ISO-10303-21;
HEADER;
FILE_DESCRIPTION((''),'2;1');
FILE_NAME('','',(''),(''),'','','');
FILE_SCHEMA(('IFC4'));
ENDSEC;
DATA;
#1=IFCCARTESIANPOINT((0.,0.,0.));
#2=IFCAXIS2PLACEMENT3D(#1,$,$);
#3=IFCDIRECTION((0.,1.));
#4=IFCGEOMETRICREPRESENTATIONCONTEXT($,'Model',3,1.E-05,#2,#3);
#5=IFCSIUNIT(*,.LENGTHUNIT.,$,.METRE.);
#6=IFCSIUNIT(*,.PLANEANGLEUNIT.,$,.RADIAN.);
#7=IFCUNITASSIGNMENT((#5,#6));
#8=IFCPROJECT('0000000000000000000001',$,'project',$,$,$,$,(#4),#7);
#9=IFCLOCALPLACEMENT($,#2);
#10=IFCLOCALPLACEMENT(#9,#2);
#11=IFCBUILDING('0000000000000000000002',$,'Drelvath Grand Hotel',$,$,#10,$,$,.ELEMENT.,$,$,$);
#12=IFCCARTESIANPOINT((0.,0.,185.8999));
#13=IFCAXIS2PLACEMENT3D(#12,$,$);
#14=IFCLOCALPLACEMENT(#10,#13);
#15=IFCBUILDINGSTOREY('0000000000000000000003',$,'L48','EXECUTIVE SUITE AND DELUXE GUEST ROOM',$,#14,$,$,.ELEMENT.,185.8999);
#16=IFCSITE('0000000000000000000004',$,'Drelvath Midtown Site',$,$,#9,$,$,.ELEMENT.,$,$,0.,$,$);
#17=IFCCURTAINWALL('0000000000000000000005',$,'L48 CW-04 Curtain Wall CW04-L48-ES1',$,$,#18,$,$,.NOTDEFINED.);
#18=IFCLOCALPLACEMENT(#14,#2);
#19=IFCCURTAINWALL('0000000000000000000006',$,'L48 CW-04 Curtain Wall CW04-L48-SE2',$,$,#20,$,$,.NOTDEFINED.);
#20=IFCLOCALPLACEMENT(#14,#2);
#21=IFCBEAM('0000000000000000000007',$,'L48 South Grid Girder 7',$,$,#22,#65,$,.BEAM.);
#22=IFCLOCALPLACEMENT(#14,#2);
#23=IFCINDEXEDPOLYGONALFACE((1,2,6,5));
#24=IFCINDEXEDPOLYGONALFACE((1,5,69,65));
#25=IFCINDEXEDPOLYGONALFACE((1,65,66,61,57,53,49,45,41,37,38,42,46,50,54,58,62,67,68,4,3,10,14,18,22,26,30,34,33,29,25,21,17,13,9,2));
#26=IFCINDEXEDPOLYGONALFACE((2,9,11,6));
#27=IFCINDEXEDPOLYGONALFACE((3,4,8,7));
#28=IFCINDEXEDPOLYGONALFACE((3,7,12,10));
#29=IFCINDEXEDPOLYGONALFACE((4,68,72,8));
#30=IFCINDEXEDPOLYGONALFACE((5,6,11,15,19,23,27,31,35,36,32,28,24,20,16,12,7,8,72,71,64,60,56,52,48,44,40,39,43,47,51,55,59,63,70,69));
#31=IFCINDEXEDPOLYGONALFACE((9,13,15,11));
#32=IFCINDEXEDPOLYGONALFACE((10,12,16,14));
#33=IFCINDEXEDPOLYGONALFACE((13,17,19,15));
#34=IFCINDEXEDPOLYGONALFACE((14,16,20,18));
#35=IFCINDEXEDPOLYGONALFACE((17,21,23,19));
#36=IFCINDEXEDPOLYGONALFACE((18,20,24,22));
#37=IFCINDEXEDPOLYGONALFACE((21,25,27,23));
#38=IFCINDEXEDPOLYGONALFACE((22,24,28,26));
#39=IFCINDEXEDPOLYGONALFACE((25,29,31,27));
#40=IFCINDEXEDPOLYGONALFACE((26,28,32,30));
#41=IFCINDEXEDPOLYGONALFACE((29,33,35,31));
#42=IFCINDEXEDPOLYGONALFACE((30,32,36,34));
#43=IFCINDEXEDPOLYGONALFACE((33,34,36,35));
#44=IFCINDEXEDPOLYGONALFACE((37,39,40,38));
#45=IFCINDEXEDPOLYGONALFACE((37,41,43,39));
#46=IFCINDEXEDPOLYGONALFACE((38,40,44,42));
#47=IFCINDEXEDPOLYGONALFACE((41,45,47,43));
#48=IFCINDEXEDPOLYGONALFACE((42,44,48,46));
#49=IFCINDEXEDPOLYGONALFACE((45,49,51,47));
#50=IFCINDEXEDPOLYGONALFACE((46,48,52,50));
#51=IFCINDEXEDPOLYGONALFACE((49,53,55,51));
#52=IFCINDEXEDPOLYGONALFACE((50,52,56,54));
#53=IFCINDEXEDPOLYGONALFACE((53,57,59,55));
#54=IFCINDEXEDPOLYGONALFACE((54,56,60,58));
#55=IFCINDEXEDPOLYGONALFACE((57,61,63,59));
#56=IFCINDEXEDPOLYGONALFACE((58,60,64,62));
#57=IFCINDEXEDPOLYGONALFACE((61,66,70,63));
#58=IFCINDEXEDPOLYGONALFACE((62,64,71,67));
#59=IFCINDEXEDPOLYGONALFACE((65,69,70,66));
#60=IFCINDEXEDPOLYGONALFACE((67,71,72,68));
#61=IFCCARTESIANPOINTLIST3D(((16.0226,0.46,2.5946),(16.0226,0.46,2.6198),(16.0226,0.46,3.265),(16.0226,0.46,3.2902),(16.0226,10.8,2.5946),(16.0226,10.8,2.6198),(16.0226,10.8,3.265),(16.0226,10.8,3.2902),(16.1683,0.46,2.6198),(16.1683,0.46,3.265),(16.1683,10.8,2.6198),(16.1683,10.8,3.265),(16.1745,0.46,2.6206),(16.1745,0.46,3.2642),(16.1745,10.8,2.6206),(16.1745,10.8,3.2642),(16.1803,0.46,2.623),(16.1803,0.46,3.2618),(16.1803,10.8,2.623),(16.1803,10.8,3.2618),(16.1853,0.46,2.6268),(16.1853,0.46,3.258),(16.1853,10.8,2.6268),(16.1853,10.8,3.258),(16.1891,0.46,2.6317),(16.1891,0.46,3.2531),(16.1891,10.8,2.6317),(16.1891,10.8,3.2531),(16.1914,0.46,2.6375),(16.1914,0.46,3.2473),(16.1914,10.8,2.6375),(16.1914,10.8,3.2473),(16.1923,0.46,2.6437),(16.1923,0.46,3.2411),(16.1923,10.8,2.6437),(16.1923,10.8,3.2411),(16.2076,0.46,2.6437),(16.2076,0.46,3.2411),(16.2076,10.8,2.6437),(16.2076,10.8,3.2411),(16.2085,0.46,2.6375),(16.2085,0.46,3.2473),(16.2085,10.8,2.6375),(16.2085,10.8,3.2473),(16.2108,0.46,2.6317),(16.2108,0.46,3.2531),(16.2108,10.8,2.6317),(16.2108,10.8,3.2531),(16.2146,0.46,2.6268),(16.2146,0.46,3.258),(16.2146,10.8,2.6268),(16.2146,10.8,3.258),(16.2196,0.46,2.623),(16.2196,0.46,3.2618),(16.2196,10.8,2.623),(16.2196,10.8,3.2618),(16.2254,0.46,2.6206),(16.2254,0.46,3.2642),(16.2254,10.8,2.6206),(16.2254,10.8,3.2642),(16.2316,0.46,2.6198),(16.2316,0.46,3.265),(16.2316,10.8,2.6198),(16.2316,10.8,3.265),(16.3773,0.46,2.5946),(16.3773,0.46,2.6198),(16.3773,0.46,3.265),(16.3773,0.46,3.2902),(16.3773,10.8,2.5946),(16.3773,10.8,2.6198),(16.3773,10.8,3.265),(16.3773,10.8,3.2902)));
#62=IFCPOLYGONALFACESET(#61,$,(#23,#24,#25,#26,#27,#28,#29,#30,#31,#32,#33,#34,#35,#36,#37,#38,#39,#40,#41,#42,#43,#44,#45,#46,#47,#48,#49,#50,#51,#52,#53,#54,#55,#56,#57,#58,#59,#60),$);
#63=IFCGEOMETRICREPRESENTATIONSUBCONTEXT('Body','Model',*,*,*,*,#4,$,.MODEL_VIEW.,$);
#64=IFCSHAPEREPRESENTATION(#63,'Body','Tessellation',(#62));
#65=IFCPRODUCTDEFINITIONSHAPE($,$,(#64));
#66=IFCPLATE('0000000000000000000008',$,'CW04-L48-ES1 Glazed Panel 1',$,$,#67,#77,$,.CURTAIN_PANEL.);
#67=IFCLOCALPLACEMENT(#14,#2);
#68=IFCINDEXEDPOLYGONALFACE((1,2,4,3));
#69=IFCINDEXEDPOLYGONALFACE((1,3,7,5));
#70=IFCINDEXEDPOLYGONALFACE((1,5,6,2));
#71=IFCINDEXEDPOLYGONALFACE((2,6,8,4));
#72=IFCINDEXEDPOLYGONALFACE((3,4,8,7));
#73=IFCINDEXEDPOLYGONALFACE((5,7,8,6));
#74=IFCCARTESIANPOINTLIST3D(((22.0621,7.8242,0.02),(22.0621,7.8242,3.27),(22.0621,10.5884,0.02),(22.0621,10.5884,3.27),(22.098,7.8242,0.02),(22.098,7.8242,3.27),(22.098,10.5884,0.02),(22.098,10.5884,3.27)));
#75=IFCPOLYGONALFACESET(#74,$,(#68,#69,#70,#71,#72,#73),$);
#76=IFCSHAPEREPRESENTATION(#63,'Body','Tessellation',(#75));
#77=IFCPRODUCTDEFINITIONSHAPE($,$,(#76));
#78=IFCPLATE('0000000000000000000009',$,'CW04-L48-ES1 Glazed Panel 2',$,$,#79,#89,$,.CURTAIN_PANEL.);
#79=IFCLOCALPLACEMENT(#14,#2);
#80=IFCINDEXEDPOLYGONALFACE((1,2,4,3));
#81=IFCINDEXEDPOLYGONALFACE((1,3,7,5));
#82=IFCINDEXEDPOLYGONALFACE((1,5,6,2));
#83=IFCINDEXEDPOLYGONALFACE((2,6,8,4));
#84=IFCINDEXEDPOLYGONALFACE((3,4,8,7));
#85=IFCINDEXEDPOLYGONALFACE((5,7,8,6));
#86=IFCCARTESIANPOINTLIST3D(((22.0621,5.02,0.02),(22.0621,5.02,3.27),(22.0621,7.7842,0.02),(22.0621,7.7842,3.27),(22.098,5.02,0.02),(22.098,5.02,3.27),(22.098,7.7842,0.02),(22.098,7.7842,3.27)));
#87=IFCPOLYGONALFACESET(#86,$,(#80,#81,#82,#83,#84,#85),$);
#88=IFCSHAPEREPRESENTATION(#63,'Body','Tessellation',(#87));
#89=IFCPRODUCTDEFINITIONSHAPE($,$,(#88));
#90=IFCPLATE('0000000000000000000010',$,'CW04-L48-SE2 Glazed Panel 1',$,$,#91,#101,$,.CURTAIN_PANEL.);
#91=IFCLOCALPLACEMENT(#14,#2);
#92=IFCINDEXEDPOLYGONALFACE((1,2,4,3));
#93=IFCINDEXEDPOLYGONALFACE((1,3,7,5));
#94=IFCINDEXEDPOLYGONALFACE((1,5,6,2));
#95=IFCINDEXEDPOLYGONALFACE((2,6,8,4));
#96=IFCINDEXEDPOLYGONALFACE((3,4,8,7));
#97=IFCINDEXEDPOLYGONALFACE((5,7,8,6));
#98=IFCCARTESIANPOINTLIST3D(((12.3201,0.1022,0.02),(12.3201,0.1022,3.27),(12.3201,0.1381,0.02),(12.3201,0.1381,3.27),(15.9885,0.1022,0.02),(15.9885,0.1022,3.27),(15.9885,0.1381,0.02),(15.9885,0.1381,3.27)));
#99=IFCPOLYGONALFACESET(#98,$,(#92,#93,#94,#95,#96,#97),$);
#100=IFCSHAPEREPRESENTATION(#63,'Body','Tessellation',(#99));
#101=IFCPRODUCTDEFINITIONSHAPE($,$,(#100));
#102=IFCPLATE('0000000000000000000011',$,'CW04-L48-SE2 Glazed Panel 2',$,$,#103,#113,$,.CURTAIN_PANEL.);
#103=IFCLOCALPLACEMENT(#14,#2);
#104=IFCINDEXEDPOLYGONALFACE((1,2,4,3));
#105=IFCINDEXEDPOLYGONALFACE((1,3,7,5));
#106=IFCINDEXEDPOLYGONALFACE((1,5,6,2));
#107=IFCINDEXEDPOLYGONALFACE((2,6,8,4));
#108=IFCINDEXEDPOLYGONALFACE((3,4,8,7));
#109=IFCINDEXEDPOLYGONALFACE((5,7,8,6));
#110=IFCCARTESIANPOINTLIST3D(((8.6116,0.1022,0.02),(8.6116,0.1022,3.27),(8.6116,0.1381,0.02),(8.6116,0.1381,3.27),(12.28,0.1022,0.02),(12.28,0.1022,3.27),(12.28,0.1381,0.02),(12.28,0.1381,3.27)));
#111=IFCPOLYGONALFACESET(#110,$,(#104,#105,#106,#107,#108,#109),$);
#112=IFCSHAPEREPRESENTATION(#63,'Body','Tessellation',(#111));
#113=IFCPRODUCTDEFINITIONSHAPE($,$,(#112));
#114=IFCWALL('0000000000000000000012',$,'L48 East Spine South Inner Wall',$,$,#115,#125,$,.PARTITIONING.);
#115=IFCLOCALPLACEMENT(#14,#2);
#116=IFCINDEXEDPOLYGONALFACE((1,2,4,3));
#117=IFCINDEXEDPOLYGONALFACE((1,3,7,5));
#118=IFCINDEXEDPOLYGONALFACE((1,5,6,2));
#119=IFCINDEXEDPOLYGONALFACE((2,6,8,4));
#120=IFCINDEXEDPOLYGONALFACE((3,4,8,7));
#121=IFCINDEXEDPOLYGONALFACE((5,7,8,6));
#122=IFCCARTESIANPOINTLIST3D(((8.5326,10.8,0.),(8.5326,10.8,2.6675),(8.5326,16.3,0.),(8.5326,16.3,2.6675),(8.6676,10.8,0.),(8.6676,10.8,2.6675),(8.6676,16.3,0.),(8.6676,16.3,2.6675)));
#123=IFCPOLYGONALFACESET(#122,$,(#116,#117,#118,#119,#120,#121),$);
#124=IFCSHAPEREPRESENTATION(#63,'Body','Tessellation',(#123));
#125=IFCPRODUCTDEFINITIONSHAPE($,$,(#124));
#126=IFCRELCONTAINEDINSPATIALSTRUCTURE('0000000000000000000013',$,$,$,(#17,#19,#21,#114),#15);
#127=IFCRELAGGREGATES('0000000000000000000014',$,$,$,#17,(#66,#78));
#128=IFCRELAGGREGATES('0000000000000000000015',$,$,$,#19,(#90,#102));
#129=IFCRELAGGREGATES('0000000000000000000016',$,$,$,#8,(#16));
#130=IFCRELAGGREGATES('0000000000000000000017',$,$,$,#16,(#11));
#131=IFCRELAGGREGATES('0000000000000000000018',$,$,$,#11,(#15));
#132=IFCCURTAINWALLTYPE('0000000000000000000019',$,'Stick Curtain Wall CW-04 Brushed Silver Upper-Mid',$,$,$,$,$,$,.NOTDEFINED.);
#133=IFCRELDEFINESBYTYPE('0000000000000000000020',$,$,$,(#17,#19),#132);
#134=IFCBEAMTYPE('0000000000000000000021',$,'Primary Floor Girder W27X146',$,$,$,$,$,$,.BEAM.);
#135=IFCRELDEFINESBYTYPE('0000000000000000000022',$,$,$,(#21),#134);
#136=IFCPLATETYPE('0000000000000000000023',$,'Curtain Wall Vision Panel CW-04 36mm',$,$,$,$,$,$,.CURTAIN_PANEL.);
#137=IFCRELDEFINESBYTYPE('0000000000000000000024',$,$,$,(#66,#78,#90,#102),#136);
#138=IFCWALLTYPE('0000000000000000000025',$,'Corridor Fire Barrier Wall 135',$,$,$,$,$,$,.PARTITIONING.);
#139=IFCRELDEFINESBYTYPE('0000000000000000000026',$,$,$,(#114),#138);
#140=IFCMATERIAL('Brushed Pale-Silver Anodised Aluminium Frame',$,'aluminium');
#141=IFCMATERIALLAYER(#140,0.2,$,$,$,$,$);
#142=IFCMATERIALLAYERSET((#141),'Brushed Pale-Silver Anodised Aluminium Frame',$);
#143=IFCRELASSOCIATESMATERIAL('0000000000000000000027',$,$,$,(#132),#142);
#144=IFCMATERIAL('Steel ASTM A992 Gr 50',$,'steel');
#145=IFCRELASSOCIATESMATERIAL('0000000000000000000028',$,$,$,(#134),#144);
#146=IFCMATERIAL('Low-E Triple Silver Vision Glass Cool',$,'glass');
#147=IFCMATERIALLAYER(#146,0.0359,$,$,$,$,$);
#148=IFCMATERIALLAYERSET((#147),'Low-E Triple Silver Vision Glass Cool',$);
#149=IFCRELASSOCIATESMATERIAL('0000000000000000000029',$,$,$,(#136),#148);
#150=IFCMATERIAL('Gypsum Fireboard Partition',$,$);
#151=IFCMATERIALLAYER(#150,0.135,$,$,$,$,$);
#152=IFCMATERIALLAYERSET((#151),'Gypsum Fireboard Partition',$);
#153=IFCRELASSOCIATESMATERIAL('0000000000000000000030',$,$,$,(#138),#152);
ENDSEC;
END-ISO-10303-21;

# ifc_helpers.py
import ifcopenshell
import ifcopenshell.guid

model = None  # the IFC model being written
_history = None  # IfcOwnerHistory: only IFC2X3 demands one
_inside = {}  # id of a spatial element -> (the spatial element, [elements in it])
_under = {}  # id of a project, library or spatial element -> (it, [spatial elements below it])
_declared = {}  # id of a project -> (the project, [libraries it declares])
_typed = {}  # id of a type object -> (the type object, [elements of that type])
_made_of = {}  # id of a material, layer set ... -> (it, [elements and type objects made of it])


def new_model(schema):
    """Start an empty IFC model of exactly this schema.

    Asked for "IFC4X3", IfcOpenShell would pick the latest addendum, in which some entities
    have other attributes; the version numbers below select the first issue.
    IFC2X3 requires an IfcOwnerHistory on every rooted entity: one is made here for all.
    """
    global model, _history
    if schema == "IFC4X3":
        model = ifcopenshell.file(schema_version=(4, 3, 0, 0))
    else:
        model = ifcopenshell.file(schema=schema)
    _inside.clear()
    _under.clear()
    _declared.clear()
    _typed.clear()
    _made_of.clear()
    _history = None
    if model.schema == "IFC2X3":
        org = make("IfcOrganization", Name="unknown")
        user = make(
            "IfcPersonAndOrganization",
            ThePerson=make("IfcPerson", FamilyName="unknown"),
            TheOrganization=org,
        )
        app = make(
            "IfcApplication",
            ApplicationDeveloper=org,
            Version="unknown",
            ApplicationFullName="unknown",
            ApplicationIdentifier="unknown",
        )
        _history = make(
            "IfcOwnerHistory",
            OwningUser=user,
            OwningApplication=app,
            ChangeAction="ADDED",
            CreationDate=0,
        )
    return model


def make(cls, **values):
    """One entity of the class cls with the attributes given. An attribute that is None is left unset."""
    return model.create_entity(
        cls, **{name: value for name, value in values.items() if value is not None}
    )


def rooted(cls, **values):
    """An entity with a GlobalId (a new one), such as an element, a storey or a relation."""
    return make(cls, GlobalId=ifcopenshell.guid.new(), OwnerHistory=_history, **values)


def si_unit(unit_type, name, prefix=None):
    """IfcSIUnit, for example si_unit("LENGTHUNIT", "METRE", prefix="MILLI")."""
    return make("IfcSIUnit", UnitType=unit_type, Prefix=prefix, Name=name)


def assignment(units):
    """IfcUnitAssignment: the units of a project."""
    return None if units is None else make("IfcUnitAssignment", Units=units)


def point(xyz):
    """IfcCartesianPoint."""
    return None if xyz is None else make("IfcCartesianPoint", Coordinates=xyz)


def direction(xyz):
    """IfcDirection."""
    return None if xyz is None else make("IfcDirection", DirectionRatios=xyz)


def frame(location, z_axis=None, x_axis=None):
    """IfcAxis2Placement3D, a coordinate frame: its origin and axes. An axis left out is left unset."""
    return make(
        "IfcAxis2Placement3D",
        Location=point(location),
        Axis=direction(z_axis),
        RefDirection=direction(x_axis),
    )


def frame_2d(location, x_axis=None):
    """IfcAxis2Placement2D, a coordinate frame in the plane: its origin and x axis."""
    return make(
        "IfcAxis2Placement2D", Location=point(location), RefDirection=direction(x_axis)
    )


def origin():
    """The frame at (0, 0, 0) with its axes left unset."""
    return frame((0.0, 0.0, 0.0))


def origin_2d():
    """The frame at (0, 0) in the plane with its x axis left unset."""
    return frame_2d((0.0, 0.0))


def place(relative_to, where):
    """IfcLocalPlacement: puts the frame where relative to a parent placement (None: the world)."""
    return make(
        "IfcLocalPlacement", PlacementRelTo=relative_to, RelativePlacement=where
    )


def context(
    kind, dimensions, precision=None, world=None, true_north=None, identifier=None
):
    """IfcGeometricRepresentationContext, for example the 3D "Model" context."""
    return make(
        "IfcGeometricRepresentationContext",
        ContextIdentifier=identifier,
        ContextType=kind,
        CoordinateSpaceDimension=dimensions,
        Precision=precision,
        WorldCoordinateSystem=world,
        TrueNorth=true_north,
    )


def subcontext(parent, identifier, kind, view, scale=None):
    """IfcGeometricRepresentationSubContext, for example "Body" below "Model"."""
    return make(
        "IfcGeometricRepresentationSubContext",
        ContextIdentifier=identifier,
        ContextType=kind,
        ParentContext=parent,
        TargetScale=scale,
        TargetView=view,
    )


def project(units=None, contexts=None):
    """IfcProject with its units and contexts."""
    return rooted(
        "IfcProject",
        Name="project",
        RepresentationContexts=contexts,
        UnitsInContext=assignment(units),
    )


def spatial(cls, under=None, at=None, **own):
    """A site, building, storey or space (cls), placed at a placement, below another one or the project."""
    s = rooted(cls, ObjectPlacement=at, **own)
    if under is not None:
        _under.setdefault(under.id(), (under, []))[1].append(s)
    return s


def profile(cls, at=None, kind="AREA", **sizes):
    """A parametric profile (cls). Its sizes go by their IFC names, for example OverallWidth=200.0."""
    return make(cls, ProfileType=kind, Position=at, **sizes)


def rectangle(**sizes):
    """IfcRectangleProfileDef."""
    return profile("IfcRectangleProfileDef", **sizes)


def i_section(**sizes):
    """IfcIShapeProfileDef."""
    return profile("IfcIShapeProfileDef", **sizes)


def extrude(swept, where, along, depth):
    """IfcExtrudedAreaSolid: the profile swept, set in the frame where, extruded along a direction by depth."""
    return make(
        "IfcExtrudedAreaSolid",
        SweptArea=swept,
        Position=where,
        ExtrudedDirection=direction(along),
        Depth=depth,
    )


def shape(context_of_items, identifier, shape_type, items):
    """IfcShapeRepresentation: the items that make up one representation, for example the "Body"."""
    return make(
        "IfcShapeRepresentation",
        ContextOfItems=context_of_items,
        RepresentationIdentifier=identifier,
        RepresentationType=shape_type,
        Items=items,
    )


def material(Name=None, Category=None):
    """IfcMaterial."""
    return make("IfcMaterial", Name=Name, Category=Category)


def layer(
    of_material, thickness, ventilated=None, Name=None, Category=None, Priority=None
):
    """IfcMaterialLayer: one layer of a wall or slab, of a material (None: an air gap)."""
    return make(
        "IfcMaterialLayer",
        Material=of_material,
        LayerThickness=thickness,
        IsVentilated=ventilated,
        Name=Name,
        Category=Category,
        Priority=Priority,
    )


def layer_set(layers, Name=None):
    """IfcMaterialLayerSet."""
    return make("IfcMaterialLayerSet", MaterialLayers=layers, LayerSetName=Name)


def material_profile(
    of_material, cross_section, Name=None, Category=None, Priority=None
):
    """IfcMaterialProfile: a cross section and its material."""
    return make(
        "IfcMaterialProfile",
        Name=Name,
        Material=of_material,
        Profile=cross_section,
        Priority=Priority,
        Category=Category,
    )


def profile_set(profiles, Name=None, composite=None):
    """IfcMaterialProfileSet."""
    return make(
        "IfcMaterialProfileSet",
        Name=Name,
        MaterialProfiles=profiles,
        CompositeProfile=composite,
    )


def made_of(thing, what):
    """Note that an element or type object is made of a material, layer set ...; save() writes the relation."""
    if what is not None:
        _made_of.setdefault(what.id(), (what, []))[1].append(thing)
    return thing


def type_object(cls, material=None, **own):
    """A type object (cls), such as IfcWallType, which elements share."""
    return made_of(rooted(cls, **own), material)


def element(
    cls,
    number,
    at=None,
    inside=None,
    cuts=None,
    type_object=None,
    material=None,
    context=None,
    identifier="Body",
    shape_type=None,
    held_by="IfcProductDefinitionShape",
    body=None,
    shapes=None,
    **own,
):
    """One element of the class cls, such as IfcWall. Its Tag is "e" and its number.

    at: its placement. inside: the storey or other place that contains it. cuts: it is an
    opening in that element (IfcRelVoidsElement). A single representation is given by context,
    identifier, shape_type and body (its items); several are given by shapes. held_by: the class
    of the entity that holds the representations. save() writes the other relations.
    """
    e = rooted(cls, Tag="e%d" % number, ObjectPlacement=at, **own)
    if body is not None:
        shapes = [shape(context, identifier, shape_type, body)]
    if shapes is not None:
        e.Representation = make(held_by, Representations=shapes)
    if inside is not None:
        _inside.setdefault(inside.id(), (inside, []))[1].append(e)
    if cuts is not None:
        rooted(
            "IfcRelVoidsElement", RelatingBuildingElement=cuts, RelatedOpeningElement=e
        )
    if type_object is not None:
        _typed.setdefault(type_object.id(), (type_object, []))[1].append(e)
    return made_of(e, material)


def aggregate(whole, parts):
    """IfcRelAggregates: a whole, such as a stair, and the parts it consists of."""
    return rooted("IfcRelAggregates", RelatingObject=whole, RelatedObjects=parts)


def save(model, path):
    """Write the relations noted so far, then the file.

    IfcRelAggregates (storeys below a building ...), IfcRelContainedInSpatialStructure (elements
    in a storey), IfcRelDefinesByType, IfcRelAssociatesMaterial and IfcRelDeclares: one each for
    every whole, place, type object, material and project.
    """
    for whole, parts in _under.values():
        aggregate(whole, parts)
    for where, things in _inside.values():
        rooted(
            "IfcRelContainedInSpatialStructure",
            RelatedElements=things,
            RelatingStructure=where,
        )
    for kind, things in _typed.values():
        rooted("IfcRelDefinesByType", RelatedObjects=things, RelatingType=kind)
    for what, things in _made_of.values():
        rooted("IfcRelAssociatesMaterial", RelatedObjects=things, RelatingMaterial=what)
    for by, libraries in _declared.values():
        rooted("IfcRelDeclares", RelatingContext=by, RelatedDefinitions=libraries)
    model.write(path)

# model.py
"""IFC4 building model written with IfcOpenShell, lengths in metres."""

from ifc_helpers import new_model, si_unit, direction, frame, frame_2d, origin, origin_2d, place, context, subcontext, project, spatial, rectangle, i_section, extrude, material, layer, layer_set, material_profile, profile_set, type_object, element, aggregate, save


model = new_model("IFC4")

# Units and contexts
model_context = context("Model", 3, precision=1e-05, world=origin(), true_north=direction((0.0, 1.0)))
body_context = subcontext(model_context, "Body", "Model", "MODEL_VIEW")
ifc_project = project(units=[si_unit("LENGTHUNIT", "METRE"), si_unit("PLANEANGLEUNIT", "RADIAN")], contexts=[model_context])

# Site, building, storey
site_placement = place(None, origin())
site = spatial("IfcSite", under=ifc_project, at=site_placement, Name="Drelvath Midtown Site", CompositionType="ELEMENT", RefElevation=0.0)
building_placement = place(site_placement, origin())
building = spatial("IfcBuilding", under=site, at=building_placement, Name="Drelvath Grand Hotel", CompositionType="ELEMENT")
storey_placement = place(building_placement, frame((0.0, 0.0, 185.8999)))
storey = spatial("IfcBuildingStorey", under=building, at=storey_placement, Name="L48", Description="EXECUTIVE SUITE AND DELUXE GUEST ROOM", CompositionType="ELEMENT", Elevation=185.8999)

# Curtain walls
ifc_material_1 = material(Name="Brushed Pale-Silver Anodised Aluminium Frame", Category="aluminium")
ifc_layer_1 = layer(ifc_material_1, 0.2)
ifc_layer_set_1 = layer_set([ifc_layer_1], Name="Brushed Pale-Silver Anodised Aluminium Frame")
curtain_wall_type = type_object("IfcCurtainWallType", Name="Stick Curtain Wall CW-04 Brushed Silver Upper-Mid", PredefinedType="NOTDEFINED", material=ifc_layer_set_1)
curtain_wall_1_placement = place(storey_placement, origin())
curtain_wall_1 = element("IfcCurtainWall", 1, at=curtain_wall_1_placement, inside=storey, type_object=curtain_wall_type, Name="L48 CW-04 Curtain Wall CW04-L48-ES1", PredefinedType="NOTDEFINED")
curtain_wall_2_placement = place(storey_placement, origin())
curtain_wall_2 = element("IfcCurtainWall", 2, at=curtain_wall_2_placement, inside=storey, type_object=curtain_wall_type, Name="L48 CW-04 Curtain Wall CW04-L48-SE2", PredefinedType="NOTDEFINED")

# Beam
ifc_material_2 = material(Name="Steel ASTM A992 Gr 50", Category="steel")
ifc_material_profile_1 = material_profile(ifc_material_2, i_section(OverallWidth=0.3547, OverallDepth=0.6956, WebThickness=0.0154, FlangeThickness=0.0251, FilletRadius=0.0239, at=origin_2d()), Name="W27X146")
ifc_profile_set_1 = profile_set([ifc_material_profile_1], Name="Steel ASTM A992 Gr 50")
beam_type = type_object("IfcBeamType", Name="Primary Floor Girder W27X146", PredefinedType="BEAM", material=ifc_profile_set_1)
beam_placement = place(storey_placement, frame((16.2, 0.46, 2.9424), z_axis=(0.0, 1.0, 0.0), x_axis=(-1.0, 0.0, 0.0)))
element("IfcBeam", 3, at=beam_placement, inside=storey, type_object=beam_type, Name="L48 South Grid Girder 7", PredefinedType="BEAM", context=body_context, shape_type="SweptSolid", body=[
    extrude(i_section(OverallWidth=0.3547, OverallDepth=0.6956, WebThickness=0.0154, FlangeThickness=0.0251, FilletRadius=0.0239, at=origin_2d()), origin(), (0.0, 0.0, 1.0), 10.3401),
])

# Plates
ifc_material_3 = material(Name="Low-E Triple Silver Vision Glass Cool", Category="glass")
ifc_layer_2 = layer(ifc_material_3, 0.0359)
ifc_layer_set_2 = layer_set([ifc_layer_2], Name="Low-E Triple Silver Vision Glass Cool")
plate_type = type_object("IfcPlateType", Name="Curtain Wall Vision Panel CW-04 36mm", PredefinedType="CURTAIN_PANEL", material=ifc_layer_set_2)
plate_1_placement = place(storey_placement, frame((22.0801, 9.2063, 0.02), z_axis=(0.0, 0.0, 1.0), x_axis=(0.0, -1.0, 0.0)))
plate_1 = element("IfcPlate", 4, at=plate_1_placement, type_object=plate_type, Name="CW04-L48-ES1 Glazed Panel 1", PredefinedType="CURTAIN_PANEL", context=body_context, shape_type="SweptSolid", body=[
    extrude(rectangle(XDim=2.7642, YDim=0.0359, at=origin_2d()), origin(), (0.0, 0.0, 1.0), 3.25),
])
plate_2_placement = place(storey_placement, frame((22.0801, 6.4021, 0.02), z_axis=(0.0, 0.0, 1.0), x_axis=(0.0, -1.0, 0.0)))
plate_2 = element("IfcPlate", 5, at=plate_2_placement, type_object=plate_type, Name="CW04-L48-ES1 Glazed Panel 2", PredefinedType="CURTAIN_PANEL", context=body_context, shape_type="SweptSolid", body=[
    extrude(rectangle(XDim=2.7642, YDim=0.0359, at=origin_2d()), origin(), (0.0, 0.0, 1.0), 3.25),
])
aggregate(curtain_wall_1, [plate_1, plate_2])
plate_3_placement = place(storey_placement, frame((14.1543, 0.1201, 0.02), z_axis=(0.0, 0.0, 1.0), x_axis=(-1.0, 0.0, 0.0)))
plate_3 = element("IfcPlate", 6, at=plate_3_placement, type_object=plate_type, Name="CW04-L48-SE2 Glazed Panel 1", PredefinedType="CURTAIN_PANEL", context=body_context, shape_type="SweptSolid", body=[
    extrude(rectangle(XDim=3.6685, YDim=0.0359, at=origin_2d()), origin(), (0.0, 0.0, 1.0), 3.25),
])
plate_4_placement = place(storey_placement, frame((10.4458, 0.1201, 0.02), z_axis=(0.0, 0.0, 1.0), x_axis=(-1.0, 0.0, 0.0)))
plate_4 = element("IfcPlate", 7, at=plate_4_placement, type_object=plate_type, Name="CW04-L48-SE2 Glazed Panel 2", PredefinedType="CURTAIN_PANEL", context=body_context, shape_type="SweptSolid", body=[
    extrude(rectangle(XDim=3.6685, YDim=0.0359, at=origin_2d()), origin(), (0.0, 0.0, 1.0), 3.25),
])
aggregate(curtain_wall_2, [plate_3, plate_4])

# Wall
ifc_material_4 = material(Name="Gypsum Fireboard Partition")
ifc_layer_3 = layer(ifc_material_4, 0.135)
ifc_layer_set_3 = layer_set([ifc_layer_3], Name="Gypsum Fireboard Partition")
wall_type_1 = type_object("IfcWallType", Name="Corridor Fire Barrier Wall 135", PredefinedType="PARTITIONING", material=ifc_layer_set_3)
wall_1_placement = place(storey_placement, frame((8.6001, 10.8, 0.0), z_axis=(0.0, 0.0, 1.0), x_axis=(0.0, 1.0, 0.0)))
element("IfcWall", 8, at=wall_1_placement, inside=storey, type_object=wall_type_1, Name="L48 East Spine South Inner Wall", PredefinedType="PARTITIONING", context=body_context, shape_type="SweptSolid", body=[
    extrude(rectangle(XDim=5.5, YDim=0.135, at=frame_2d((2.75, 0.0))), origin(), (0.0, 0.0, 1.0), 2.6675),
])

save(model, "model.ifc")
